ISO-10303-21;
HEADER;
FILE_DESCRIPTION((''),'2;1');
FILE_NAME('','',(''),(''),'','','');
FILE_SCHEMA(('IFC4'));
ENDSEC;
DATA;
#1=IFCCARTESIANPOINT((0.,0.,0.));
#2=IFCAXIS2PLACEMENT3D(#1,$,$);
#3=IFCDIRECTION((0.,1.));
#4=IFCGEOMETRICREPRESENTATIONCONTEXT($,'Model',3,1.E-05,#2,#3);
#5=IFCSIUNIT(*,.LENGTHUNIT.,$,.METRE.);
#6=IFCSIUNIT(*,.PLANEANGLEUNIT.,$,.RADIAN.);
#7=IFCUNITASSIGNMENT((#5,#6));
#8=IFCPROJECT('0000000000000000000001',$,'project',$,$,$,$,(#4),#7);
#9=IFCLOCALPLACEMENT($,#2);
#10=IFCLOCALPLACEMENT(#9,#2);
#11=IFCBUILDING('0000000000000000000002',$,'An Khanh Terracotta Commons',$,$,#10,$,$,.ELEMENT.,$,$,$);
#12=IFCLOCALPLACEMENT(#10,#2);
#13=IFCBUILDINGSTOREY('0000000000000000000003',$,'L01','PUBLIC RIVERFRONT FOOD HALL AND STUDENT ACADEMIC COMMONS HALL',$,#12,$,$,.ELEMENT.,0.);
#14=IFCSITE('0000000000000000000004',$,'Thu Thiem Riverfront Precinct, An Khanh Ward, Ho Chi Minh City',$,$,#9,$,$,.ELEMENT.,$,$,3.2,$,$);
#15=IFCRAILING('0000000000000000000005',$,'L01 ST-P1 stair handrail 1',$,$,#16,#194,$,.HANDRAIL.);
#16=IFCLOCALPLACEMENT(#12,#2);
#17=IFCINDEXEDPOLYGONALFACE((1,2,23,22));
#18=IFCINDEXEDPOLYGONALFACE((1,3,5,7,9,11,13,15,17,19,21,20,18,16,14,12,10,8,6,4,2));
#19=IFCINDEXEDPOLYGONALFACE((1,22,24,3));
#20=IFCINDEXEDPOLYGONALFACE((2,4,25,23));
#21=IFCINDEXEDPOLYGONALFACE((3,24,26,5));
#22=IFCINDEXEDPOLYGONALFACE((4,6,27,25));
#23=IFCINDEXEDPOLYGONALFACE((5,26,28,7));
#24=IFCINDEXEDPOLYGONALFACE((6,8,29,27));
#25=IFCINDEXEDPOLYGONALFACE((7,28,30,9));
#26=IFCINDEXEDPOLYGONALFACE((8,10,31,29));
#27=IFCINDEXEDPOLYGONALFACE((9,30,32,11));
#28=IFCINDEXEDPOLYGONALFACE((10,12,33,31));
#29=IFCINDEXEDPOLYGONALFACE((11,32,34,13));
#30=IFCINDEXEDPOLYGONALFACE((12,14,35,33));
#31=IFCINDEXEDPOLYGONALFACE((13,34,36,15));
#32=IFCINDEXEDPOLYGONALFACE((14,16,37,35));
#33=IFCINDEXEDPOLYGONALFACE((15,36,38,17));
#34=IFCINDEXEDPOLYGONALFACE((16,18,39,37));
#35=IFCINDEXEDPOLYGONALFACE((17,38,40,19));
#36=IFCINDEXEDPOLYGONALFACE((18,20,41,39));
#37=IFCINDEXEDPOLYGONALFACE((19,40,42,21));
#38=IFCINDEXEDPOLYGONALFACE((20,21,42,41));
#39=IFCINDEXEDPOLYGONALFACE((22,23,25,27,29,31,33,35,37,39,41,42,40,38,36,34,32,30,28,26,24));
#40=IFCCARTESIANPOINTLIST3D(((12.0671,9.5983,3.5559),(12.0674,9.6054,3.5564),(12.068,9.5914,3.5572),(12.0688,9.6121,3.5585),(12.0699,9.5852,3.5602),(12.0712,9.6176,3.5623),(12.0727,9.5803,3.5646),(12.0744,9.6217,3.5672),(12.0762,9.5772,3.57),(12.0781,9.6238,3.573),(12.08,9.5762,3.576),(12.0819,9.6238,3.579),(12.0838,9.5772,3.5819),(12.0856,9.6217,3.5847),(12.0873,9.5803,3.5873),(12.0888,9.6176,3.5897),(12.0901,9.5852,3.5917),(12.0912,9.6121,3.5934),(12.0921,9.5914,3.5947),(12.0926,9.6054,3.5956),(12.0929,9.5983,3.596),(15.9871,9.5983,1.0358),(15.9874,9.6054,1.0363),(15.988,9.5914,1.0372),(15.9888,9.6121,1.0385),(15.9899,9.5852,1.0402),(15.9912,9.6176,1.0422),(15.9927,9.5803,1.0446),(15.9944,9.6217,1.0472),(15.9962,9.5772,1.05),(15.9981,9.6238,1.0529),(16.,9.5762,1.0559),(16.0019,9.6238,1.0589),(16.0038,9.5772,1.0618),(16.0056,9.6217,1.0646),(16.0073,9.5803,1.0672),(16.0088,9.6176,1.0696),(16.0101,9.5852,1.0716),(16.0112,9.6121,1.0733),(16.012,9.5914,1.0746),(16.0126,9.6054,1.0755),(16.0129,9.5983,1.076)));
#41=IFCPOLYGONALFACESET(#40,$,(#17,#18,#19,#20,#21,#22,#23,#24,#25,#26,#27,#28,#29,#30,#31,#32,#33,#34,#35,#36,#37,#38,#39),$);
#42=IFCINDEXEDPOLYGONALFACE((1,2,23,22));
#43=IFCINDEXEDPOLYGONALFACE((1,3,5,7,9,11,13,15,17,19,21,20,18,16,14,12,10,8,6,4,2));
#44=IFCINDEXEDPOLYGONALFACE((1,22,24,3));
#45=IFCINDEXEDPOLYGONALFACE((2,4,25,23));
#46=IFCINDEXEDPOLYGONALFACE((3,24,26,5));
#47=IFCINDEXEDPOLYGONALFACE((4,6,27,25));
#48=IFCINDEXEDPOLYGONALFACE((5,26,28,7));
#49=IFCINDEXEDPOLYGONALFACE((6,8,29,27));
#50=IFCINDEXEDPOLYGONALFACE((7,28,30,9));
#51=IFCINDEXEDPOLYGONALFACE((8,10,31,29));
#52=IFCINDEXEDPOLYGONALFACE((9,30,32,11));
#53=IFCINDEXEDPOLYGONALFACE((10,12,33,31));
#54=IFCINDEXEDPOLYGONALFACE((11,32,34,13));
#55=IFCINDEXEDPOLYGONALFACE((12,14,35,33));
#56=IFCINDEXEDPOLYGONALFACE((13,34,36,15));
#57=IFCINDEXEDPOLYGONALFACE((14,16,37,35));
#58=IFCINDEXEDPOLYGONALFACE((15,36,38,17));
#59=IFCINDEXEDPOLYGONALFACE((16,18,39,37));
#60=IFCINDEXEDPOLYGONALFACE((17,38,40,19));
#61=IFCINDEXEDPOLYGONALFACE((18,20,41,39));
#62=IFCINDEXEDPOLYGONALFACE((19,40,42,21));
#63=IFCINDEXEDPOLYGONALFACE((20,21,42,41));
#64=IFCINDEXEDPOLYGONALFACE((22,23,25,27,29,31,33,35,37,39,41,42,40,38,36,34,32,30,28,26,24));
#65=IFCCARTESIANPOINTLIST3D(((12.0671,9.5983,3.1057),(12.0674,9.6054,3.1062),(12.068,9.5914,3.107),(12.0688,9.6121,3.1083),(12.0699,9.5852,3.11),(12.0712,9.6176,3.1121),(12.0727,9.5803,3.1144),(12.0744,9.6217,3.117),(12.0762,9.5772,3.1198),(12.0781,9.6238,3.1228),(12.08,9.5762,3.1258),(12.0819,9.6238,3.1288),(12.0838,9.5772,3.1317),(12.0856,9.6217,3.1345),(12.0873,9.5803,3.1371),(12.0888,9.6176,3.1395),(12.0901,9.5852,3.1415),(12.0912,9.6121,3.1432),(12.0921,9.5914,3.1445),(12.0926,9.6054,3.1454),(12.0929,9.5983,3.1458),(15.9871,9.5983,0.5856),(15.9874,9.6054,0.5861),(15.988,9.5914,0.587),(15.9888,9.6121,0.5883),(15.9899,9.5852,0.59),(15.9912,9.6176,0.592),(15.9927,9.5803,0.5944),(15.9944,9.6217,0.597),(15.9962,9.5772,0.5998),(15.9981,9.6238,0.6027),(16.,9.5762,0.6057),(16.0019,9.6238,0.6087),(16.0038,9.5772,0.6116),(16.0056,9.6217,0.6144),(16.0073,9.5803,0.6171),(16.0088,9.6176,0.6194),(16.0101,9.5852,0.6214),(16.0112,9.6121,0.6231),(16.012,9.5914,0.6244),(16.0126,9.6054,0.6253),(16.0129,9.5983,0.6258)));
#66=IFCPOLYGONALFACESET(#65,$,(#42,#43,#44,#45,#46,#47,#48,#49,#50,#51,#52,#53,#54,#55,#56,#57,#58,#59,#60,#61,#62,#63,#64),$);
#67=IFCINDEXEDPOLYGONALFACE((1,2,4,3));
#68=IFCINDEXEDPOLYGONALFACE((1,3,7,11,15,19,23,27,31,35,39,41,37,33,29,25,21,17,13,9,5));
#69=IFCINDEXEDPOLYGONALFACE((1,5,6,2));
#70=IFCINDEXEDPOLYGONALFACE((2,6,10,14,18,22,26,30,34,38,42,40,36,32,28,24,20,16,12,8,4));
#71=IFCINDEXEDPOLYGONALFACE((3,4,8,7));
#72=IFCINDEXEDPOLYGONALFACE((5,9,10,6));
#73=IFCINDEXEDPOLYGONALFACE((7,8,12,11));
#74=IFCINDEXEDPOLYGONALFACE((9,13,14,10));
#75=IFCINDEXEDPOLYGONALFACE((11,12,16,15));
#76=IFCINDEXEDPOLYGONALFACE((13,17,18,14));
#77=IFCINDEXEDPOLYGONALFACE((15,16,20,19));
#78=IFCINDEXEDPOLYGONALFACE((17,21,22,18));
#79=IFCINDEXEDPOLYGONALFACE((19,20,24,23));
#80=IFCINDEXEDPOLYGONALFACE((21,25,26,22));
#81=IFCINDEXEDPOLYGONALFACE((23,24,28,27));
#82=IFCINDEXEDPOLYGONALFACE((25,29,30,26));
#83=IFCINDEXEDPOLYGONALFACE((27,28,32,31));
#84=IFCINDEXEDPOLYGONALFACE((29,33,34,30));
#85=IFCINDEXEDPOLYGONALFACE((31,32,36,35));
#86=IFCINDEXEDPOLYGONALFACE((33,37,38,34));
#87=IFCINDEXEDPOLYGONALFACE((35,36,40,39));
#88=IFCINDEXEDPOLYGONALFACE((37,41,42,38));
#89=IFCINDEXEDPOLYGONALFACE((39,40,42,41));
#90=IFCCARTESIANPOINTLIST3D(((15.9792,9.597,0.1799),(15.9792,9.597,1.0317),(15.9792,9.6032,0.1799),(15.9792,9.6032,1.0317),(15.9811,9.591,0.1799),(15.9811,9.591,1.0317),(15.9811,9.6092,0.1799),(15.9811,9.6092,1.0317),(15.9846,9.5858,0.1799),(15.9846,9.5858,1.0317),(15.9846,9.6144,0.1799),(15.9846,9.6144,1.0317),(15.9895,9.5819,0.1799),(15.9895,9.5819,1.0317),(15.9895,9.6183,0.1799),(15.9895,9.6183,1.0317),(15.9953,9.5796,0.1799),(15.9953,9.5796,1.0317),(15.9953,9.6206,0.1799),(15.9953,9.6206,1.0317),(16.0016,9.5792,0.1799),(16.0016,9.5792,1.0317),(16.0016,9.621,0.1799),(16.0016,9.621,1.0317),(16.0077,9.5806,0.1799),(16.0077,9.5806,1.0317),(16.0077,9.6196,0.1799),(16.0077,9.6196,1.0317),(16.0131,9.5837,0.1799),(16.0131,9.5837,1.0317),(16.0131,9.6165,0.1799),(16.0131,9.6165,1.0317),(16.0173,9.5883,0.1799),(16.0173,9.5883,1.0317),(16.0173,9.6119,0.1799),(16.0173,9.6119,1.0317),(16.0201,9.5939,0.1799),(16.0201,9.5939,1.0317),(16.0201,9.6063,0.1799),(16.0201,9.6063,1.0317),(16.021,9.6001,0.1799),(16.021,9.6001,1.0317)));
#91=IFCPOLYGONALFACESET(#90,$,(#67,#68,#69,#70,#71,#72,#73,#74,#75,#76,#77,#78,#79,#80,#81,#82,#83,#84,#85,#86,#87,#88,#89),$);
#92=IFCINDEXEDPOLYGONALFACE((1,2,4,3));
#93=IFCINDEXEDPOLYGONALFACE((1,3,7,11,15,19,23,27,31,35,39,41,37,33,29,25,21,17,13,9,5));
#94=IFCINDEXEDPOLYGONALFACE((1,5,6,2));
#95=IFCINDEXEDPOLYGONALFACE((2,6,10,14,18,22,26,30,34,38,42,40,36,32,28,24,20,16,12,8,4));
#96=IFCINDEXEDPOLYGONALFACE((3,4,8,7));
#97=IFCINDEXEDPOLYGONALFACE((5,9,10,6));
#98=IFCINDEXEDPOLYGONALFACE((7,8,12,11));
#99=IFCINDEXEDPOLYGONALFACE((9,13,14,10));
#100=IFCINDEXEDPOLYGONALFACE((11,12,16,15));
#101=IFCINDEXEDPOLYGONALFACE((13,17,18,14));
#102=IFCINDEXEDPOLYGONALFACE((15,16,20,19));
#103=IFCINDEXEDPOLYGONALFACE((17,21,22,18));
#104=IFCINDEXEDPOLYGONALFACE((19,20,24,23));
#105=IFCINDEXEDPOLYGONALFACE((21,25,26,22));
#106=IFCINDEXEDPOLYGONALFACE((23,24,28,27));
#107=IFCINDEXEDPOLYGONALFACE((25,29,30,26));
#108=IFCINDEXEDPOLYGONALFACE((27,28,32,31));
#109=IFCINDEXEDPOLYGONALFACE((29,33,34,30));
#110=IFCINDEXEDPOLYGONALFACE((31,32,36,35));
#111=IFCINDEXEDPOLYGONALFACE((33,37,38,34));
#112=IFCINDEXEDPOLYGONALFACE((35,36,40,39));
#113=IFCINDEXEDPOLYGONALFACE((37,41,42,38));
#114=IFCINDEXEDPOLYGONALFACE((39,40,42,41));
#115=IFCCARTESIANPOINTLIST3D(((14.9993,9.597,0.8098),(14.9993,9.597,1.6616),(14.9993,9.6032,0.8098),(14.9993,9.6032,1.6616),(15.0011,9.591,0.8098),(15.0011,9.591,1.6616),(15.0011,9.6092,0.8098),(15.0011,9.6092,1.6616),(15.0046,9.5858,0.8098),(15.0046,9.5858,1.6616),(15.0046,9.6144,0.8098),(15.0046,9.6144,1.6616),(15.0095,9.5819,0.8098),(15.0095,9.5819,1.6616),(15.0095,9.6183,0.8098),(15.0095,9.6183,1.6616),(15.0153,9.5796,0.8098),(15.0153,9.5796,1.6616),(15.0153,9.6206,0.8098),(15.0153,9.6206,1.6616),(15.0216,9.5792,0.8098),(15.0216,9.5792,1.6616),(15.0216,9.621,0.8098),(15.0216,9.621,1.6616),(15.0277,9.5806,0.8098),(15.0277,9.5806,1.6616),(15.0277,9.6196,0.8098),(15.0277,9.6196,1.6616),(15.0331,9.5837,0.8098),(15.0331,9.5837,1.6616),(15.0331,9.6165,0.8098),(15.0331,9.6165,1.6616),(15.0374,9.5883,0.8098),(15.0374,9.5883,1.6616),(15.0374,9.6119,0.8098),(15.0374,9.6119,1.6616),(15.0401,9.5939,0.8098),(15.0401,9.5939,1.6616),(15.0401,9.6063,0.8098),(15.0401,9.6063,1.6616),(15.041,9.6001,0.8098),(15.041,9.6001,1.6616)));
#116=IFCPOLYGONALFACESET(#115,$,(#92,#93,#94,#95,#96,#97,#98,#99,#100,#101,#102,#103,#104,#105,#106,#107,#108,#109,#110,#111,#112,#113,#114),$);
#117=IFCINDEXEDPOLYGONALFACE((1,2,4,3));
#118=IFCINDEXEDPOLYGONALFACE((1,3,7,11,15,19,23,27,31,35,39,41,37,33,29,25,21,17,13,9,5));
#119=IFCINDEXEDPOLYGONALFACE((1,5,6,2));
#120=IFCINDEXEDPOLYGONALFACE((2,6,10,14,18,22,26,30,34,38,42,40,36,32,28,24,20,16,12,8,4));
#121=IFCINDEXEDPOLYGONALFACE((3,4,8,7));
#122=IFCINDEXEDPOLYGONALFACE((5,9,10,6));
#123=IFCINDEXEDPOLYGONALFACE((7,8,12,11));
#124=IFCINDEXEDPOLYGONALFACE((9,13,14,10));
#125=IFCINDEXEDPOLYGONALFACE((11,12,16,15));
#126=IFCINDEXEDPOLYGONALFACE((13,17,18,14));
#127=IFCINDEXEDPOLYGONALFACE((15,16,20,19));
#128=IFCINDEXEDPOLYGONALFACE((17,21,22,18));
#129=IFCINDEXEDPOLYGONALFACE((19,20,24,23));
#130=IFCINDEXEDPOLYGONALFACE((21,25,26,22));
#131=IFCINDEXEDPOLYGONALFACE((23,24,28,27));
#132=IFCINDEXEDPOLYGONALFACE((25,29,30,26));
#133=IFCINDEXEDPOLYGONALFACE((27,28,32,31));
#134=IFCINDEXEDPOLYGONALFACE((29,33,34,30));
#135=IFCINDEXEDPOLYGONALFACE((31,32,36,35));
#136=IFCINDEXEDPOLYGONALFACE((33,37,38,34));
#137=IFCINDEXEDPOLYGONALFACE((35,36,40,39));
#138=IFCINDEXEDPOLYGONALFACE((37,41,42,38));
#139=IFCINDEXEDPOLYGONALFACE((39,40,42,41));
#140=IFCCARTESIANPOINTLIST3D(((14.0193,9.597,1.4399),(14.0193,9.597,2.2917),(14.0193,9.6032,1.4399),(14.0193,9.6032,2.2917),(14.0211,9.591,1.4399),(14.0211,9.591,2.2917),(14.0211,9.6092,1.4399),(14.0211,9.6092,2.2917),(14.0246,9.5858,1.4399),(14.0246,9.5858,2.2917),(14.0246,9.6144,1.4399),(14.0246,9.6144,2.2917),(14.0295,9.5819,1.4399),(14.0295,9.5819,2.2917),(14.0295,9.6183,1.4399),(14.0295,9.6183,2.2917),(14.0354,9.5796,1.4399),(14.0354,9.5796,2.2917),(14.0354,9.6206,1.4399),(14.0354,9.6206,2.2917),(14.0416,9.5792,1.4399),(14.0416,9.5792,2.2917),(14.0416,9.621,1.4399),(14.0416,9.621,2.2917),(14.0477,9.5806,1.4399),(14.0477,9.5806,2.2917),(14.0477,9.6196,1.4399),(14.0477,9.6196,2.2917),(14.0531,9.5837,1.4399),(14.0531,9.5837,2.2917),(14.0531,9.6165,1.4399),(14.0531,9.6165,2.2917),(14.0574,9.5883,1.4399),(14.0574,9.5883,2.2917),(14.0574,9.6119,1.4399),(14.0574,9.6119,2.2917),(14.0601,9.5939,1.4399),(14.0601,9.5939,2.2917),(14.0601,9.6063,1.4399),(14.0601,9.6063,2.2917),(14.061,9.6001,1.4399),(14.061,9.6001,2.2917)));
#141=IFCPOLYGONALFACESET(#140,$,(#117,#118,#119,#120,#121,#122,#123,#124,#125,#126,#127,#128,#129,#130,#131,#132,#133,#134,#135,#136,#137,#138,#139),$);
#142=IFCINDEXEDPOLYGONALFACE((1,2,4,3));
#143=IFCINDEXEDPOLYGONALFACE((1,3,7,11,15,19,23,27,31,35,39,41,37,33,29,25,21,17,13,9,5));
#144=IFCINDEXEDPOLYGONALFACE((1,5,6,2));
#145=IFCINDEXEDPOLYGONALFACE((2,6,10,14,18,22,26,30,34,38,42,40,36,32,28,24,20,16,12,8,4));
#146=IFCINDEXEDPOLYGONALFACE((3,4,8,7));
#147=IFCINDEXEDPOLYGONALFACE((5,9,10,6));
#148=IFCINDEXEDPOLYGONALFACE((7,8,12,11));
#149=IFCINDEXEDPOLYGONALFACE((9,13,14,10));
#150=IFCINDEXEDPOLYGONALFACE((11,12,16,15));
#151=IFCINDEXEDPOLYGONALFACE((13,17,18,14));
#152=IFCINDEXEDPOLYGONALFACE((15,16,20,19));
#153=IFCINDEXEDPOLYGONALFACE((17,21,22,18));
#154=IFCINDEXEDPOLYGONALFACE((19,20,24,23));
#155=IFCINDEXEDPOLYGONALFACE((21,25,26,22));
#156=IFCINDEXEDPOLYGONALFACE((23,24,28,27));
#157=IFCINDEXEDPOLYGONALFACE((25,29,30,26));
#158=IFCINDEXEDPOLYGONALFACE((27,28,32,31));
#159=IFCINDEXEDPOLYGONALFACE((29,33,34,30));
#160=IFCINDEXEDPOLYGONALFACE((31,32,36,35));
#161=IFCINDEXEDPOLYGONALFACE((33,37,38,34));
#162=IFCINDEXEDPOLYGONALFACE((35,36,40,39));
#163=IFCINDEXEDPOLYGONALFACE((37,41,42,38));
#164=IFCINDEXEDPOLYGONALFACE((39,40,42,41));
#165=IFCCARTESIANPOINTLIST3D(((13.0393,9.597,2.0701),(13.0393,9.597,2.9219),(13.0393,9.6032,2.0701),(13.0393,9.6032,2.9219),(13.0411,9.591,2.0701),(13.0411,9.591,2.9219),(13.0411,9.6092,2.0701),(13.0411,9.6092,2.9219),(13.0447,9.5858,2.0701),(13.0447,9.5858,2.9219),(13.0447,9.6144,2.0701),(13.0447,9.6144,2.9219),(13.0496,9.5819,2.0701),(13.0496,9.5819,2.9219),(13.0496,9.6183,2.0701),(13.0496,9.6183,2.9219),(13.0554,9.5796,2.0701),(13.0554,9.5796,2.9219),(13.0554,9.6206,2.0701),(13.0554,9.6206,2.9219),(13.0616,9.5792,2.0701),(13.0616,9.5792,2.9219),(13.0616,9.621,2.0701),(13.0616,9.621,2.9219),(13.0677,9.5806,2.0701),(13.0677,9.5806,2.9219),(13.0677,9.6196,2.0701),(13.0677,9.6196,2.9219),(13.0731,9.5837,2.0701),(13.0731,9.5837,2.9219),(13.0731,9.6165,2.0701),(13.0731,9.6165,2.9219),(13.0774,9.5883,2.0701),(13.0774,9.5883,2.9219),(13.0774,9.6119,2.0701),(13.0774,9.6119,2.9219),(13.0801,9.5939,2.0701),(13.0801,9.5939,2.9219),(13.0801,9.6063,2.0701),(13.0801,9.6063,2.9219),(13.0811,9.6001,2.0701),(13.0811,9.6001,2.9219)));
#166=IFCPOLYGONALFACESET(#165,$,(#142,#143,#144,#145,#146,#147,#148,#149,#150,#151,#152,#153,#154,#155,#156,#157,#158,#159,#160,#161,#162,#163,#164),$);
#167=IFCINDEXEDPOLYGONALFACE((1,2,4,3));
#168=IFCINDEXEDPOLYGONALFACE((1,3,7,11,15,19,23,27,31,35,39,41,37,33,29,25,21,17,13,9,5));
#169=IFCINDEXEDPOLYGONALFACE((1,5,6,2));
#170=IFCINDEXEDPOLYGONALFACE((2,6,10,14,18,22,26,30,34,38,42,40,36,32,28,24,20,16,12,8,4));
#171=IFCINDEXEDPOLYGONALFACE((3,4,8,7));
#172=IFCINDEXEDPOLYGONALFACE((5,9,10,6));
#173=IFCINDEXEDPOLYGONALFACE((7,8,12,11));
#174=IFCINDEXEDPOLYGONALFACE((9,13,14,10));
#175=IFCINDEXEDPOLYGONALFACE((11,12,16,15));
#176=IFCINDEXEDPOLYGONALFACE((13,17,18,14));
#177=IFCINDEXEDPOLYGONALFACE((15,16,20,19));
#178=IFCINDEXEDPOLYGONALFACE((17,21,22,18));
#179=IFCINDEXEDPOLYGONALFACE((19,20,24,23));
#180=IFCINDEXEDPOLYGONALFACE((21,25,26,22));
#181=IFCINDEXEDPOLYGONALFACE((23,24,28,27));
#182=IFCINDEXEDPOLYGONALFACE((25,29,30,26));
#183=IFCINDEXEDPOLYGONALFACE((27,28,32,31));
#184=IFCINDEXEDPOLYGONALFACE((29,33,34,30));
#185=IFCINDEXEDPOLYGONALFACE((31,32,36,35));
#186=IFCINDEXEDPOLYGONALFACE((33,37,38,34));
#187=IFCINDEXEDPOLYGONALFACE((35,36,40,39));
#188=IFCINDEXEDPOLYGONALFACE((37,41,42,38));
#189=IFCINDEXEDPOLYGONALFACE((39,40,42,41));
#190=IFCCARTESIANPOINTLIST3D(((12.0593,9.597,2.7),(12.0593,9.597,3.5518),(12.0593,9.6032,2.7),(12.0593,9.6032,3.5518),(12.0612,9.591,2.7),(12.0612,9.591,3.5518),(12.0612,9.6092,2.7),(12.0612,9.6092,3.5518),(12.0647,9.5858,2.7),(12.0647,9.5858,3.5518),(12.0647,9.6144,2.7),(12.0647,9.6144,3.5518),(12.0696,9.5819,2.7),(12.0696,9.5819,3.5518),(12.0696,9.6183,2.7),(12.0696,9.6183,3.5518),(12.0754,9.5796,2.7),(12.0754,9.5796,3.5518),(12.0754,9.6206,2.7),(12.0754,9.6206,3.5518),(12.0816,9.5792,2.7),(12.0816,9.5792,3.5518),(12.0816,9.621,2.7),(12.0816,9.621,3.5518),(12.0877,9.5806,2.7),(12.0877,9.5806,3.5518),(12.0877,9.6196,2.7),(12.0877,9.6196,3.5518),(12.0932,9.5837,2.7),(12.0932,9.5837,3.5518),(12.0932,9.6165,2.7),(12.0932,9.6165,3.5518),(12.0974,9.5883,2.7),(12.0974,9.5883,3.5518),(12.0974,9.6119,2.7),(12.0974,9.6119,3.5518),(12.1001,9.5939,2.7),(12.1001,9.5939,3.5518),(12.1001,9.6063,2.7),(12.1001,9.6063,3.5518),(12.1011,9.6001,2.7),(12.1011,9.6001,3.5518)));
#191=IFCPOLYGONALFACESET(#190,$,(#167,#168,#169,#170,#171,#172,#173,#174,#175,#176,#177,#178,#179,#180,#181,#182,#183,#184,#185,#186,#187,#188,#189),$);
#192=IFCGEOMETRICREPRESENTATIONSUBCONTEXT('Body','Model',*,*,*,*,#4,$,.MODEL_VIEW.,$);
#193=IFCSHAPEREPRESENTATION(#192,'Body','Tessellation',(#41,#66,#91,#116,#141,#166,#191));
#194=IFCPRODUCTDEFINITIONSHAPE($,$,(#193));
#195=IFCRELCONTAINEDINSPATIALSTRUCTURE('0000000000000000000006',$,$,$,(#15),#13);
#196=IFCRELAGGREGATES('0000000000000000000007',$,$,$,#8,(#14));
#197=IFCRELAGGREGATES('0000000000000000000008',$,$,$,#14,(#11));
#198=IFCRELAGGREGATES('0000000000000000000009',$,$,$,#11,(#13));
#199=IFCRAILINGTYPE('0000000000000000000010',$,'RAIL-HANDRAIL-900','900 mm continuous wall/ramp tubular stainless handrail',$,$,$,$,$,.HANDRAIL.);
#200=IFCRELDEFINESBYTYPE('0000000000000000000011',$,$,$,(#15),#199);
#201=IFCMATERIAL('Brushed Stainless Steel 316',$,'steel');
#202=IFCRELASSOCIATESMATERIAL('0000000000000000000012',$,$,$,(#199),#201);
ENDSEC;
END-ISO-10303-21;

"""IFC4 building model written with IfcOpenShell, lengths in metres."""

from ifc_helpers import new_model, si_unit, direction, frame, origin, origin_2d, place, context, subcontext, project, spatial, circle, extrude, material, type_object, element, save


model = new_model("IFC4")

# Units and contexts
model_context = context("Model", 3, precision=1e-05, world=origin(), true_north=direction((0.0, 1.0)))
body_context = subcontext(model_context, "Body", "Model", "MODEL_VIEW")
ifc_project = project(units=[si_unit("LENGTHUNIT", "METRE"), si_unit("PLANEANGLEUNIT", "RADIAN")], contexts=[model_context])

# Site, building, storey
site_placement = place(None, origin())
site = spatial("IfcSite", under=ifc_project, at=site_placement, Name="Thu Thiem Riverfront Precinct, An Khanh Ward, Ho Chi Minh City", CompositionType="ELEMENT", RefElevation=3.2)
building_placement = place(site_placement, origin())
building = spatial("IfcBuilding", under=site, at=building_placement, Name="An Khanh Terracotta Commons", CompositionType="ELEMENT")
storey_placement = place(building_placement, origin())
storey = spatial("IfcBuildingStorey", under=building, at=storey_placement, Name="L01", Description="PUBLIC RIVERFRONT FOOD HALL AND STUDENT ACADEMIC COMMONS HALL", CompositionType="ELEMENT", Elevation=0.0)

# Railing
ifc_material_1 = material(Name="Brushed Stainless Steel 316", Category="steel")
railing_type_1 = type_object("IfcRailingType", Name="RAIL-HANDRAIL-900", Description="900 mm continuous wall/ramp tubular stainless handrail", PredefinedType="HANDRAIL", material=ifc_material_1)
railing_1_placement = place(storey_placement, frame((16.0, 9.6001, 0.1799)))
element("IfcRailing", 1, at=railing_1_placement, inside=storey, type_object=railing_type_1, Name="L01 ST-P1 stair handrail 1", PredefinedType="HANDRAIL", context=body_context, shape_type="SweptSolid", body=[
    extrude(circle(Radius=0.0239, at=origin_2d()), frame((0.0, 0.0, 0.876), z_axis=(-0.841172, 0.0, 0.540768), x_axis=(0.0, -1.0, 0.0)), (0.0, 0.0, 1.0), 4.6602),
    extrude(circle(Radius=0.0239, at=origin_2d()), frame((0.0, 0.0, 0.4258), z_axis=(-0.841172, 0.0, 0.540768), x_axis=(0.0, -1.0, 0.0)), (0.0, 0.0, 1.0), 4.6602),
    extrude(circle(Radius=0.021, at=origin_2d()), origin(), (0.0, 0.0, 1.0), 0.8518),
    extrude(circle(Radius=0.021, at=origin_2d()), frame((-0.98, 0.0, 0.6299)), (0.0, 0.0, 1.0), 0.8518),
    extrude(circle(Radius=0.021, at=origin_2d()), frame((-1.96, 0.0, 1.26)), (0.0, 0.0, 1.0), 0.8518),
    extrude(circle(Radius=0.021, at=origin_2d()), frame((-2.9399, 0.0, 1.8901)), (0.0, 0.0, 1.0), 0.8518),
    extrude(circle(Radius=0.021, at=origin_2d()), frame((-3.9199, 0.0, 2.52)), (0.0, 0.0, 1.0), 0.8518),
])

save(model, "model.ifc")
